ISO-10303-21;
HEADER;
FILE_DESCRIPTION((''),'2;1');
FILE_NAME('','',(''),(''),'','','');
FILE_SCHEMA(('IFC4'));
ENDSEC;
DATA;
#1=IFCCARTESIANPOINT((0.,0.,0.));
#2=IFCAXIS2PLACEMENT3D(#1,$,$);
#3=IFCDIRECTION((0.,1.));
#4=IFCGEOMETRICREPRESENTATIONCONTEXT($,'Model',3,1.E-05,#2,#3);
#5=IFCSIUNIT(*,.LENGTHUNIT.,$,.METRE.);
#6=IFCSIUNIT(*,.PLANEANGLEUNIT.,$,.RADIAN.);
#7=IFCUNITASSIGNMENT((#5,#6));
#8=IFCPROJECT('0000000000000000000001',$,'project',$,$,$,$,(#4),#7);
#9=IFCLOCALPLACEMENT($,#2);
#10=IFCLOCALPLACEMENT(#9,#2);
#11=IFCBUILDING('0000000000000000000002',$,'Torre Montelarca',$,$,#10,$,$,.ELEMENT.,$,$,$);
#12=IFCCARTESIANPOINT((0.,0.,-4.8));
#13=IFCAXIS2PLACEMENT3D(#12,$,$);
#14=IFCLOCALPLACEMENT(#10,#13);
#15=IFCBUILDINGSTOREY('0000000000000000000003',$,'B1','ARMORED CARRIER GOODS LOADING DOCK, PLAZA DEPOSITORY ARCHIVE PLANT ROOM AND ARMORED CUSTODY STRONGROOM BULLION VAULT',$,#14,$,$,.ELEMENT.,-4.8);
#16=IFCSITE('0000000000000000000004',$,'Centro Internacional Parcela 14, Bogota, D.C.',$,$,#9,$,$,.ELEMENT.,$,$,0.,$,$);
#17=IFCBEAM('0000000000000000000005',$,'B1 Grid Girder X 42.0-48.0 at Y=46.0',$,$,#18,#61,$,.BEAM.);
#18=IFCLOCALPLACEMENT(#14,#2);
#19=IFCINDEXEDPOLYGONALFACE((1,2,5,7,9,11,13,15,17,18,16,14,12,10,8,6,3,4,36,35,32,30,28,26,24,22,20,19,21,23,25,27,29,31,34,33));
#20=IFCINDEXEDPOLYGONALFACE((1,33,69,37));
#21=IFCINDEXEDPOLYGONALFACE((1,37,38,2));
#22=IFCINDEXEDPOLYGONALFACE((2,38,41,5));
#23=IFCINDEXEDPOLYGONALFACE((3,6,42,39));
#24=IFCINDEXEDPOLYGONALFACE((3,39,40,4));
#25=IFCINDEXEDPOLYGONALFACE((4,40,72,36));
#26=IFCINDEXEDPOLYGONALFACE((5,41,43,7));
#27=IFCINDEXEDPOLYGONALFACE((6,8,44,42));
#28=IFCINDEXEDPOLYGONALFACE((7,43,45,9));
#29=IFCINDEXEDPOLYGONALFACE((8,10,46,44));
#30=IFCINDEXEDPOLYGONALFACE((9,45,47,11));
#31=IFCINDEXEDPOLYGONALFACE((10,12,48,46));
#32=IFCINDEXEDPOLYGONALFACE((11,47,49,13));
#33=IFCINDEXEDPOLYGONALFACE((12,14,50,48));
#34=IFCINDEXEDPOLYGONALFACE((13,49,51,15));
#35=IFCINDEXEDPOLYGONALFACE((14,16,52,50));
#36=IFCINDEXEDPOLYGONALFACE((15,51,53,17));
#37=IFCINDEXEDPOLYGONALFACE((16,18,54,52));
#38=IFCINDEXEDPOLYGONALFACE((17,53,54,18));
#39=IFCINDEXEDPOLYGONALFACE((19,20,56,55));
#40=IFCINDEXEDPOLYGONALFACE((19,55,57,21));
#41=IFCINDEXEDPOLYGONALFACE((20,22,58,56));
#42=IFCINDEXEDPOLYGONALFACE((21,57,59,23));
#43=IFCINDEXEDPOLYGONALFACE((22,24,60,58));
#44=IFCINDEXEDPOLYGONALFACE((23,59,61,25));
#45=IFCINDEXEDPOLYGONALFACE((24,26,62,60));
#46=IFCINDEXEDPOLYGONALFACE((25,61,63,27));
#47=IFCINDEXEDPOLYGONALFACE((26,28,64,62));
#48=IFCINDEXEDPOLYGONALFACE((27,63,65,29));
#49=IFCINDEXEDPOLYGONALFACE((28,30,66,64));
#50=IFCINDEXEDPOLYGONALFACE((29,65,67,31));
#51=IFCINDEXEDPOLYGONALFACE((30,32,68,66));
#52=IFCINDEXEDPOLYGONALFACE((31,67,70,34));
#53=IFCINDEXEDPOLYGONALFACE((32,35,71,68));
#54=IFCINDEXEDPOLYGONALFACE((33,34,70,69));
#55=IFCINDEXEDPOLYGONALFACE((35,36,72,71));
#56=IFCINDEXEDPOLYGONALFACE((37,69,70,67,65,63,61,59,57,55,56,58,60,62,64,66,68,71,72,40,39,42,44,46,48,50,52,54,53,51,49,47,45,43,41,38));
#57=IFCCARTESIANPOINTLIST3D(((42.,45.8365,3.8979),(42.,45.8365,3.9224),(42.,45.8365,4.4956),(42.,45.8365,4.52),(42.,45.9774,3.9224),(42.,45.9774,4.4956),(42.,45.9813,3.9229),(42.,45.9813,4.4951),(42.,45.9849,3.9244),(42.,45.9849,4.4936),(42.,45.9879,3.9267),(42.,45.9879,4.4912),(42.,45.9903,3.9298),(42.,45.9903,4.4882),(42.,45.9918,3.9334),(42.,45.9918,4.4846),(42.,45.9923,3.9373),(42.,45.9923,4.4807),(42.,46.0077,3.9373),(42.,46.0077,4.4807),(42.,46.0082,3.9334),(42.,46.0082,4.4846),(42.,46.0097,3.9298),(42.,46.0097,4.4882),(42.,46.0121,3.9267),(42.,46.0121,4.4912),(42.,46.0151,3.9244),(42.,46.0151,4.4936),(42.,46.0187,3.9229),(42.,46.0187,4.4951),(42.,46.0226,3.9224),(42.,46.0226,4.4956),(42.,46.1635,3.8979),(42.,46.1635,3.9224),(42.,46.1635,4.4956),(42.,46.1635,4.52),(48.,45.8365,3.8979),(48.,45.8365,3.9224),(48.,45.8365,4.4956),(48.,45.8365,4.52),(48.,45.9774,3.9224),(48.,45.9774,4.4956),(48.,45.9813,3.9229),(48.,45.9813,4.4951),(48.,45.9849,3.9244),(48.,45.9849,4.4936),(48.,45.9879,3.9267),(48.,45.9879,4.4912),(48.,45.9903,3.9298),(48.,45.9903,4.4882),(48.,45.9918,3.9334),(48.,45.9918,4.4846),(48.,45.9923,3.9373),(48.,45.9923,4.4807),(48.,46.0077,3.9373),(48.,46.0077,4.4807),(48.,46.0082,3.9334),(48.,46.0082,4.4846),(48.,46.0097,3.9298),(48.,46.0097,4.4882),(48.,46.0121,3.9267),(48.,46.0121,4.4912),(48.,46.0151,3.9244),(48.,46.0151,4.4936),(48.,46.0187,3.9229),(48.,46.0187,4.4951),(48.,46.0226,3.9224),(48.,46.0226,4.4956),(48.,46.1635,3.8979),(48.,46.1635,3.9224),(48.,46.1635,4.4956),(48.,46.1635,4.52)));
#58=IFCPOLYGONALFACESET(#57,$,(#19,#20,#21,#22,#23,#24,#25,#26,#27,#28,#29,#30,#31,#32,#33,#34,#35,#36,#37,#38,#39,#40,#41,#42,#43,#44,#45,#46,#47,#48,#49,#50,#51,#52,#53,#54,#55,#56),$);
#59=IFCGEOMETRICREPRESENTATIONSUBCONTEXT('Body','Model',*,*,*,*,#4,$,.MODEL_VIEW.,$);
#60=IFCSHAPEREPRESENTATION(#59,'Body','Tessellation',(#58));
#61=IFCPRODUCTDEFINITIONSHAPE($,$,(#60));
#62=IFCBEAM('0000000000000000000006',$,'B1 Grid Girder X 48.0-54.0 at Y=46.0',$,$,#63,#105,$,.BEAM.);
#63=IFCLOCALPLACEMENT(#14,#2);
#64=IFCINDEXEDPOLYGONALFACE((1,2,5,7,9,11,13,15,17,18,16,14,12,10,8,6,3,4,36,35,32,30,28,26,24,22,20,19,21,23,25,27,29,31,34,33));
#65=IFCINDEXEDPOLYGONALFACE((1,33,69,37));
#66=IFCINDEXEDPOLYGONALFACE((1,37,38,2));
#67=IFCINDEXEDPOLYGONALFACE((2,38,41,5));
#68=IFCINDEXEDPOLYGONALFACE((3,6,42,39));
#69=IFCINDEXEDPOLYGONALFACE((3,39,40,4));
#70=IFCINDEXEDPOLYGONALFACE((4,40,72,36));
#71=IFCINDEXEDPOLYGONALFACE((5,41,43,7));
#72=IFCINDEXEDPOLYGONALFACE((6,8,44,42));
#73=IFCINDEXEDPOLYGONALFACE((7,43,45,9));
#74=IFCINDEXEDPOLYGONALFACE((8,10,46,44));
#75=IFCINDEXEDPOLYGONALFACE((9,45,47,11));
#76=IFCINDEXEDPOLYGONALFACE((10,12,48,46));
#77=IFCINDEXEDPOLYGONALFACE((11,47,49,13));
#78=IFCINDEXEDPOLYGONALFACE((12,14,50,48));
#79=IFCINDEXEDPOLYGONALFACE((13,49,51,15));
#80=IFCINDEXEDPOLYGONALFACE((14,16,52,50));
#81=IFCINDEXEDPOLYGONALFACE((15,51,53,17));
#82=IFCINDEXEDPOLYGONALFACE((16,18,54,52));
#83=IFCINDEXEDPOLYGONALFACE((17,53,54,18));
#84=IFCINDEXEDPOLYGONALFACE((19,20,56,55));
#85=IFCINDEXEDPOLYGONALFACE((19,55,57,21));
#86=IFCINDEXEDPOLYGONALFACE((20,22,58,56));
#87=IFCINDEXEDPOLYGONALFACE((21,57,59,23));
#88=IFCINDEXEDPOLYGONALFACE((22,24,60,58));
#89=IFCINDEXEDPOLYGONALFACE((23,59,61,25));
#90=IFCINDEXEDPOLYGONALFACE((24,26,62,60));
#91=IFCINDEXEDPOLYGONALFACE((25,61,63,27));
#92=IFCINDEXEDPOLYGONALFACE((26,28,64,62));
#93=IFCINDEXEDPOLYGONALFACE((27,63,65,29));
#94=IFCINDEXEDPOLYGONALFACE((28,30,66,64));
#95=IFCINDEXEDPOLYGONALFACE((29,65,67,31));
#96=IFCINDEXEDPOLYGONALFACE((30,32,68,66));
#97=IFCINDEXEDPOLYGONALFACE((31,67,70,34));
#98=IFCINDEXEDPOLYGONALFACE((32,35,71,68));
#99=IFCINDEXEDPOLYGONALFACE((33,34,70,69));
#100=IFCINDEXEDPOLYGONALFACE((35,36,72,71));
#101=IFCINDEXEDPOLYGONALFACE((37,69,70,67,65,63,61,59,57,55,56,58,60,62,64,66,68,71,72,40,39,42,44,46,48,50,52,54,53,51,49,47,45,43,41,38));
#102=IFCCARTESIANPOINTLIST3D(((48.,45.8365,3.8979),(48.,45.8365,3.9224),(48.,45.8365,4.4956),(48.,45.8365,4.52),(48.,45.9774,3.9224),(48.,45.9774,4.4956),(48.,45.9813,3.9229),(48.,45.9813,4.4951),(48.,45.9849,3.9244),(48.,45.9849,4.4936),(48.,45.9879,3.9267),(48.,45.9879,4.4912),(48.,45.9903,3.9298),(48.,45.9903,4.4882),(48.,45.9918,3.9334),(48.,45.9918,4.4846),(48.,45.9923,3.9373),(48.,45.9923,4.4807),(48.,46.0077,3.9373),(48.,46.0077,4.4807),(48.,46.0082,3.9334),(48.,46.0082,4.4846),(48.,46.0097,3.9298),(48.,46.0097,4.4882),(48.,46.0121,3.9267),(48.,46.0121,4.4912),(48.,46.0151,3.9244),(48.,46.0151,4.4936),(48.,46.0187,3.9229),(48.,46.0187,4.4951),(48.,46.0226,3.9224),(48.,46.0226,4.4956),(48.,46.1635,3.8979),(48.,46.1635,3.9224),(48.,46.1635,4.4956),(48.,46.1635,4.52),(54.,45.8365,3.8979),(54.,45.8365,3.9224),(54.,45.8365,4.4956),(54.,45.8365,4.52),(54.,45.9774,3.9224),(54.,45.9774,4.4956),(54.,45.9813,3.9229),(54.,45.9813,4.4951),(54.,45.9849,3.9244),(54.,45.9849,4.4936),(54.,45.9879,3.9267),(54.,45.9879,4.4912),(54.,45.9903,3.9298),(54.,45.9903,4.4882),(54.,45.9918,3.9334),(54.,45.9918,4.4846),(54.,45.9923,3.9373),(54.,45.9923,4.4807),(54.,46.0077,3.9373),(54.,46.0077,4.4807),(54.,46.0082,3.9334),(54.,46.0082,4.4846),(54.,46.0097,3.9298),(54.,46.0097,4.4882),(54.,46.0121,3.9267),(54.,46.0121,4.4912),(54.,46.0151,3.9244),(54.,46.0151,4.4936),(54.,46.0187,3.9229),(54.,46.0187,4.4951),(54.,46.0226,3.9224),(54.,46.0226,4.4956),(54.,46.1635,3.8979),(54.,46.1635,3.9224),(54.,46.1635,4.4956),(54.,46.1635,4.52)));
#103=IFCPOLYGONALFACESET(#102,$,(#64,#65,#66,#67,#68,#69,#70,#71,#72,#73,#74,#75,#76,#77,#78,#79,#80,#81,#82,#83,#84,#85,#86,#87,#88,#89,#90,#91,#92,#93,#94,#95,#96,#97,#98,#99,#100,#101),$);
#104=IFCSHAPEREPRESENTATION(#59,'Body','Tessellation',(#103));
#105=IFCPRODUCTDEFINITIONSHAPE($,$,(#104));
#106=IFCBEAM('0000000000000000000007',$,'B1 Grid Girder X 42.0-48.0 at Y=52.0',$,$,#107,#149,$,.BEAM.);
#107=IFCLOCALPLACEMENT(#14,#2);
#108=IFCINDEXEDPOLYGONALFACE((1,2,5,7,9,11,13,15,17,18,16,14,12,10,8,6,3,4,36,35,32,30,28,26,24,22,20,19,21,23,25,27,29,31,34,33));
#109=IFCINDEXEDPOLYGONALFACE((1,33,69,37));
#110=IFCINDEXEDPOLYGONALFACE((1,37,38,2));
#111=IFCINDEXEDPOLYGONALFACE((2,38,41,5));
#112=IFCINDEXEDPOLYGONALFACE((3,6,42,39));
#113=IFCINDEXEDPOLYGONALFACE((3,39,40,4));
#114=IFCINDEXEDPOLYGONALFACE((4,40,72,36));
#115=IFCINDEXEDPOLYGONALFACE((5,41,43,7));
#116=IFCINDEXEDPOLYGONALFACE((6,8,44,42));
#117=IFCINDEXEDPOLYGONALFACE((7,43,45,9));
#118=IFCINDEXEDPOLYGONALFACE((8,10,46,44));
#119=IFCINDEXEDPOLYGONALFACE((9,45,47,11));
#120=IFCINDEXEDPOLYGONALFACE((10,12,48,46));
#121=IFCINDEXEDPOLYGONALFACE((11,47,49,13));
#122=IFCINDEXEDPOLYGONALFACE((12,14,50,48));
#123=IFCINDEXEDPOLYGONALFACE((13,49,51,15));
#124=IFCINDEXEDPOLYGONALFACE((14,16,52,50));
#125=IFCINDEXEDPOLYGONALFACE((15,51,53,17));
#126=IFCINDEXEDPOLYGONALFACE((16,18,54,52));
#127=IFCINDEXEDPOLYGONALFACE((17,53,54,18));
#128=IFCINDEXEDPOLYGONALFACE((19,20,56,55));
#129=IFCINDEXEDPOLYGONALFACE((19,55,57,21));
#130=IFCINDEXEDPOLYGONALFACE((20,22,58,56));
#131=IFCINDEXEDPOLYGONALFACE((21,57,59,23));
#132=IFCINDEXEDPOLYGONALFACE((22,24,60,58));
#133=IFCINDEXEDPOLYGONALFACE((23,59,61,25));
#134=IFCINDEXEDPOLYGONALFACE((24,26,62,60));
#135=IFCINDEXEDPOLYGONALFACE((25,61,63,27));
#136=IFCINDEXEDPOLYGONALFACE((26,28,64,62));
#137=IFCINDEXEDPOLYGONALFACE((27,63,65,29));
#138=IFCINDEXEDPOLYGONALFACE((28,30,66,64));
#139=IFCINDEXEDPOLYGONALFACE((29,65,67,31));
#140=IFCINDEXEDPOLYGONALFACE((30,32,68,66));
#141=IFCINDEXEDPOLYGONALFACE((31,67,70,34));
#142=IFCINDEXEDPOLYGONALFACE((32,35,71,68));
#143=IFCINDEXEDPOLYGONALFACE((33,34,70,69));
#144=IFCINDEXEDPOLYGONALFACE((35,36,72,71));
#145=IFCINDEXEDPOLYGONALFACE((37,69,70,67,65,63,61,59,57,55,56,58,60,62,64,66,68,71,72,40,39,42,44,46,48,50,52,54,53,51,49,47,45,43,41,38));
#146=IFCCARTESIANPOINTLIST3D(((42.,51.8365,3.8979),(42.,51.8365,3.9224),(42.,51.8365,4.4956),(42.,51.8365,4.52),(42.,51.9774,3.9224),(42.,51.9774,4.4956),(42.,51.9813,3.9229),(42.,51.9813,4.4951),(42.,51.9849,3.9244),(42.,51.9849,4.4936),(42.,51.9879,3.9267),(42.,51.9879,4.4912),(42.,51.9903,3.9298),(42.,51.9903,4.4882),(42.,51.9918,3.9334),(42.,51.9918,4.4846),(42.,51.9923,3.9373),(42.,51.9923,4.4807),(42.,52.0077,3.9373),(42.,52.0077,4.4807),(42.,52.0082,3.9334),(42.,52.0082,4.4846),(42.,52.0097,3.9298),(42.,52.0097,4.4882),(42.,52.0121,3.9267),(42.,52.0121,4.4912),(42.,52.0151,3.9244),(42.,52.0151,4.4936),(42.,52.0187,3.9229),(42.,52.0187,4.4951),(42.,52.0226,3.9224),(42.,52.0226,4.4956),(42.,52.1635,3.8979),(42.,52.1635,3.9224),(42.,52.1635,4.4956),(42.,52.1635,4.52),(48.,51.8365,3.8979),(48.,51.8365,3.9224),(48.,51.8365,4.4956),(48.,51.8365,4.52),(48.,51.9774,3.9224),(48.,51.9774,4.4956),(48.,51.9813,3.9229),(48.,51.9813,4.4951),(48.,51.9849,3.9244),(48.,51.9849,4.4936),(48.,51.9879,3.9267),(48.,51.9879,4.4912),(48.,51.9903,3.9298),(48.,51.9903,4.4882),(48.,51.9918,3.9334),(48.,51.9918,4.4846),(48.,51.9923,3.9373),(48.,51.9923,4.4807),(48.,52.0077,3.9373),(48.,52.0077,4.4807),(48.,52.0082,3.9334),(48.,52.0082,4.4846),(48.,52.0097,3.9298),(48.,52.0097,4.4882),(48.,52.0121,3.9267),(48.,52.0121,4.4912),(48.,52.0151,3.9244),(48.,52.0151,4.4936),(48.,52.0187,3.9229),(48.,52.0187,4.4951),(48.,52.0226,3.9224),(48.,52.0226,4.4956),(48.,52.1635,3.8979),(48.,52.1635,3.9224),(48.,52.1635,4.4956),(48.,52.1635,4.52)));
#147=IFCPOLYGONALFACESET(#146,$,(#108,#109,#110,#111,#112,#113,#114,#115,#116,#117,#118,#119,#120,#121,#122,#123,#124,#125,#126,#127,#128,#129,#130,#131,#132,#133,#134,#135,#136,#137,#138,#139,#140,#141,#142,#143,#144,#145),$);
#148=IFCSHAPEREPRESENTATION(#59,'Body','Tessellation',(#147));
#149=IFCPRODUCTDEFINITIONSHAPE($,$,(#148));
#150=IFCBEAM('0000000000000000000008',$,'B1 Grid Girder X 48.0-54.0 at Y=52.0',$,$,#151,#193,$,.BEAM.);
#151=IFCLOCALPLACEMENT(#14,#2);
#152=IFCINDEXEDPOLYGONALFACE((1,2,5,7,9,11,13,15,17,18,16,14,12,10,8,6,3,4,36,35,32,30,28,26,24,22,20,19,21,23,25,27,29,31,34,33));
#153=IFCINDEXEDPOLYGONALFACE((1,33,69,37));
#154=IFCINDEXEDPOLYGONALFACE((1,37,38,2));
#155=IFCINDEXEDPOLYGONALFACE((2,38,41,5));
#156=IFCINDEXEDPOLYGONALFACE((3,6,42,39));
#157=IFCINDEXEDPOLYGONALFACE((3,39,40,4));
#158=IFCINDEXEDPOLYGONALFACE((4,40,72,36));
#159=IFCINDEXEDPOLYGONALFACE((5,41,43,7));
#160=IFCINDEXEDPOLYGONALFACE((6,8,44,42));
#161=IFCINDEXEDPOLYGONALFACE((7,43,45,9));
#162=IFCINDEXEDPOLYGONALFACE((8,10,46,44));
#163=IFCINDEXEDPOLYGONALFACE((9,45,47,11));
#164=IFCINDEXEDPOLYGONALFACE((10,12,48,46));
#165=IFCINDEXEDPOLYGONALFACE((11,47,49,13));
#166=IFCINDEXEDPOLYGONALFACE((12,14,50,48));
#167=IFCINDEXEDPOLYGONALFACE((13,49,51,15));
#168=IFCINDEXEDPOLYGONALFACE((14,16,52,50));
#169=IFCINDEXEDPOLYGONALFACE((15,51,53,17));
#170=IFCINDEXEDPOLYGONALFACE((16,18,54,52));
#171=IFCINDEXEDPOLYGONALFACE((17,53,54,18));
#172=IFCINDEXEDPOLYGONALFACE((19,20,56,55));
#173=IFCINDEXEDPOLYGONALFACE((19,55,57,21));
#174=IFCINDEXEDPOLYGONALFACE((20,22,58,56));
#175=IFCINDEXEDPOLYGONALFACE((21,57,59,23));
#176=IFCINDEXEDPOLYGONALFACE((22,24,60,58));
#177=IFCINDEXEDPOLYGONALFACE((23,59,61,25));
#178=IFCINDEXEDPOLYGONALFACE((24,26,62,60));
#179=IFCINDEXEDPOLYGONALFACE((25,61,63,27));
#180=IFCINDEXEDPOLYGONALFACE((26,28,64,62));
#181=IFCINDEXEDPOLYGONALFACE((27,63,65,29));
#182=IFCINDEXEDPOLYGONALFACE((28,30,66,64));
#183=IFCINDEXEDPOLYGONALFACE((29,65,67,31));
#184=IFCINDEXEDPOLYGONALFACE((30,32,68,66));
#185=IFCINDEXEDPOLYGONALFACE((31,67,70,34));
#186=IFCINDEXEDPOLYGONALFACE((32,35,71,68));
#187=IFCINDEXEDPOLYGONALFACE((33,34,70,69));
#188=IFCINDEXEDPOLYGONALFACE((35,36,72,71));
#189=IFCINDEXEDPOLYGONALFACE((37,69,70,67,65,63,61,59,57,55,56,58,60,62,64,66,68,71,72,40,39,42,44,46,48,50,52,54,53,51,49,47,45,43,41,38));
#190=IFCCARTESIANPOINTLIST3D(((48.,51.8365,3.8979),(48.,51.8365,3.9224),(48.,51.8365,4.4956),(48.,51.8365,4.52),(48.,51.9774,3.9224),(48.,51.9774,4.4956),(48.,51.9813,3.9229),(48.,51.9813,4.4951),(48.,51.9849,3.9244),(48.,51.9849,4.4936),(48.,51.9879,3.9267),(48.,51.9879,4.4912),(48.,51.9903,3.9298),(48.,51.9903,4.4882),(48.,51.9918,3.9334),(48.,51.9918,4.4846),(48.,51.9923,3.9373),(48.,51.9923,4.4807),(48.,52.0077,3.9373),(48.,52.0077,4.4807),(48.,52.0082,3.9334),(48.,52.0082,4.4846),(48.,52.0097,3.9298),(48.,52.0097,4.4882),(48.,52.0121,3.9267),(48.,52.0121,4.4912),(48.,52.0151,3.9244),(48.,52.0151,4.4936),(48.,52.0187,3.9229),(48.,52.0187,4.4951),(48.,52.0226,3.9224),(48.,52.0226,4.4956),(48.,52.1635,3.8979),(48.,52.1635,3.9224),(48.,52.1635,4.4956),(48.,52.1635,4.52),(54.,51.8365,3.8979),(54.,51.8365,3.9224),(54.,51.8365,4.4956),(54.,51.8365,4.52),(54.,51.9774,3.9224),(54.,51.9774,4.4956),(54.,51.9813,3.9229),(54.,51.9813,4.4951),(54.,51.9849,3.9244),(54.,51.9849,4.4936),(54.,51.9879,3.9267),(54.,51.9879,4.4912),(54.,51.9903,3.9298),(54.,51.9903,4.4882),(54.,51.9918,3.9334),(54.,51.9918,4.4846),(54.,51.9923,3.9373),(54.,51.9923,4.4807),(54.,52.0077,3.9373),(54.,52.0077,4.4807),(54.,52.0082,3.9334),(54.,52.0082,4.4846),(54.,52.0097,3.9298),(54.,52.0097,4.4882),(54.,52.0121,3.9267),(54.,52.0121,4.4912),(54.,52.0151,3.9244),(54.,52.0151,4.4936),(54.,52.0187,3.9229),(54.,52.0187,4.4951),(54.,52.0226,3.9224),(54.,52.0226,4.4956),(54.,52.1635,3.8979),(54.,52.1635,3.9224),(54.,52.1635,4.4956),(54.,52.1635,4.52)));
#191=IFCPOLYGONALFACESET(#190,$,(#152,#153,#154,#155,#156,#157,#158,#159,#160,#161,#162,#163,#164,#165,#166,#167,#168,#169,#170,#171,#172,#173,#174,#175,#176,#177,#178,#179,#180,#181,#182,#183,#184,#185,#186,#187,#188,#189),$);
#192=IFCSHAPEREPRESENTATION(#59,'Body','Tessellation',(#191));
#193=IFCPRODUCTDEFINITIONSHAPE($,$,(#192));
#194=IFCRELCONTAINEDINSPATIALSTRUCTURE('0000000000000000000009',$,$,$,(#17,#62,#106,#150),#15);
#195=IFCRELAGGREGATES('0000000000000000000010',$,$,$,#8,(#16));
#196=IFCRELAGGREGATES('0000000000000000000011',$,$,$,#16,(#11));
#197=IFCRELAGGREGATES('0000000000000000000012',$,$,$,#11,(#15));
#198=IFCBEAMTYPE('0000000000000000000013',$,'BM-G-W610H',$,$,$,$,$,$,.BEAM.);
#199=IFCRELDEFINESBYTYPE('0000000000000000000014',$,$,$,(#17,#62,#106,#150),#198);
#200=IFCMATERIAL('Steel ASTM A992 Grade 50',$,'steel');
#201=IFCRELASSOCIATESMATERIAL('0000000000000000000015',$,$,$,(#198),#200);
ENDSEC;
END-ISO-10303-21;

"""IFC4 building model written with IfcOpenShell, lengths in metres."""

from ifc_helpers import new_model, si_unit, direction, frame, origin, origin_2d, place, context, subcontext, project, spatial, i_section, extrude, source, transform, mapped, material, material_profile, profile_set, type_object, element, save


model = new_model("IFC4")

# Units and contexts
model_context = context("Model", 3, precision=1e-05, world=origin(), true_north=direction((0.0, 1.0)))
body_context = subcontext(model_context, "Body", "Model", "MODEL_VIEW")
ifc_project = project(units=[si_unit("LENGTHUNIT", "METRE"), si_unit("PLANEANGLEUNIT", "RADIAN")], contexts=[model_context])

# Site, building, storey
site_placement = place(None, origin())
site = spatial("IfcSite", under=ifc_project, at=site_placement, Name="Centro Internacional Parcela 14, Bogota, D.C.", CompositionType="ELEMENT", RefElevation=0.0)
building_placement = place(site_placement, origin())
building = spatial("IfcBuilding", under=site, at=building_placement, Name="Torre Montelarca", CompositionType="ELEMENT")
storey_placement = place(building_placement, frame((0.0, 0.0, -4.8)))
storey = spatial("IfcBuildingStorey", under=building, at=storey_placement, Name="B1", Description="ARMORED CARRIER GOODS LOADING DOCK, PLAZA DEPOSITORY ARCHIVE PLANT ROOM AND ARMORED CUSTODY STRONGROOM BULLION VAULT", CompositionType="ELEMENT", Elevation=-4.8)

# Beams
ifc_material_1 = material(Name="Steel ASTM A992 Grade 50", Category="steel")
ifc_material_profile_1 = material_profile(ifc_material_1, i_section(OverallWidth=0.3269, OverallDepth=0.6221, WebThickness=0.0154, FlangeThickness=0.0244, FilletRadius=0.0149, at=origin_2d()), Name="W610X195", Category="steel")
ifc_profile_set_1 = profile_set([ifc_material_profile_1], Name="Steel ASTM A992 Grade 50")
beam_type_1 = type_object("IfcBeamType", Name="BM-G-W610H", PredefinedType="BEAM", material=ifc_profile_set_1)
shared_shape_1 = source(origin(), body_context, "Body", "SweptSolid", [
    extrude(i_section(OverallWidth=0.3269, OverallDepth=0.6221, WebThickness=0.0154, FlangeThickness=0.0244, FilletRadius=0.0149, at=origin_2d()), origin(), (0.0, 0.0, 1.0), 6.0),
])
for number, where, z_axis, x_axis, name in (
    (1, (42.0, 46.0, 4.209), (1.0, 0.0, 0.0), (0.0, 1.0, 0.0), "B1 Grid Girder X 42.0-48.0 at Y=46.0"),
    (2, (48.0, 46.0, 4.209), (1.0, 0.0, 0.0), (0.0, 1.0, 0.0), "B1 Grid Girder X 48.0-54.0 at Y=46.0"),
    (3, (42.0, 52.0, 4.209), (1.0, 0.0, 0.0), (0.0, 1.0, 0.0), "B1 Grid Girder X 42.0-48.0 at Y=52.0"),
    (4, (48.0, 52.0, 4.209), (1.0, 0.0, 0.0), (0.0, 1.0, 0.0), "B1 Grid Girder X 48.0-54.0 at Y=52.0"),
):
    element("IfcBeam", number, at=place(storey_placement, frame(where, z_axis=z_axis, x_axis=x_axis)), inside=storey, type_object=beam_type_1, Name=name, PredefinedType="BEAM", context=body_context, shape_type="MappedRepresentation", body=[
        mapped(shared_shape_1, transform((0.0, 0.0, 0.0), scale=1.0)),
    ])

save(model, "model.ifc")
